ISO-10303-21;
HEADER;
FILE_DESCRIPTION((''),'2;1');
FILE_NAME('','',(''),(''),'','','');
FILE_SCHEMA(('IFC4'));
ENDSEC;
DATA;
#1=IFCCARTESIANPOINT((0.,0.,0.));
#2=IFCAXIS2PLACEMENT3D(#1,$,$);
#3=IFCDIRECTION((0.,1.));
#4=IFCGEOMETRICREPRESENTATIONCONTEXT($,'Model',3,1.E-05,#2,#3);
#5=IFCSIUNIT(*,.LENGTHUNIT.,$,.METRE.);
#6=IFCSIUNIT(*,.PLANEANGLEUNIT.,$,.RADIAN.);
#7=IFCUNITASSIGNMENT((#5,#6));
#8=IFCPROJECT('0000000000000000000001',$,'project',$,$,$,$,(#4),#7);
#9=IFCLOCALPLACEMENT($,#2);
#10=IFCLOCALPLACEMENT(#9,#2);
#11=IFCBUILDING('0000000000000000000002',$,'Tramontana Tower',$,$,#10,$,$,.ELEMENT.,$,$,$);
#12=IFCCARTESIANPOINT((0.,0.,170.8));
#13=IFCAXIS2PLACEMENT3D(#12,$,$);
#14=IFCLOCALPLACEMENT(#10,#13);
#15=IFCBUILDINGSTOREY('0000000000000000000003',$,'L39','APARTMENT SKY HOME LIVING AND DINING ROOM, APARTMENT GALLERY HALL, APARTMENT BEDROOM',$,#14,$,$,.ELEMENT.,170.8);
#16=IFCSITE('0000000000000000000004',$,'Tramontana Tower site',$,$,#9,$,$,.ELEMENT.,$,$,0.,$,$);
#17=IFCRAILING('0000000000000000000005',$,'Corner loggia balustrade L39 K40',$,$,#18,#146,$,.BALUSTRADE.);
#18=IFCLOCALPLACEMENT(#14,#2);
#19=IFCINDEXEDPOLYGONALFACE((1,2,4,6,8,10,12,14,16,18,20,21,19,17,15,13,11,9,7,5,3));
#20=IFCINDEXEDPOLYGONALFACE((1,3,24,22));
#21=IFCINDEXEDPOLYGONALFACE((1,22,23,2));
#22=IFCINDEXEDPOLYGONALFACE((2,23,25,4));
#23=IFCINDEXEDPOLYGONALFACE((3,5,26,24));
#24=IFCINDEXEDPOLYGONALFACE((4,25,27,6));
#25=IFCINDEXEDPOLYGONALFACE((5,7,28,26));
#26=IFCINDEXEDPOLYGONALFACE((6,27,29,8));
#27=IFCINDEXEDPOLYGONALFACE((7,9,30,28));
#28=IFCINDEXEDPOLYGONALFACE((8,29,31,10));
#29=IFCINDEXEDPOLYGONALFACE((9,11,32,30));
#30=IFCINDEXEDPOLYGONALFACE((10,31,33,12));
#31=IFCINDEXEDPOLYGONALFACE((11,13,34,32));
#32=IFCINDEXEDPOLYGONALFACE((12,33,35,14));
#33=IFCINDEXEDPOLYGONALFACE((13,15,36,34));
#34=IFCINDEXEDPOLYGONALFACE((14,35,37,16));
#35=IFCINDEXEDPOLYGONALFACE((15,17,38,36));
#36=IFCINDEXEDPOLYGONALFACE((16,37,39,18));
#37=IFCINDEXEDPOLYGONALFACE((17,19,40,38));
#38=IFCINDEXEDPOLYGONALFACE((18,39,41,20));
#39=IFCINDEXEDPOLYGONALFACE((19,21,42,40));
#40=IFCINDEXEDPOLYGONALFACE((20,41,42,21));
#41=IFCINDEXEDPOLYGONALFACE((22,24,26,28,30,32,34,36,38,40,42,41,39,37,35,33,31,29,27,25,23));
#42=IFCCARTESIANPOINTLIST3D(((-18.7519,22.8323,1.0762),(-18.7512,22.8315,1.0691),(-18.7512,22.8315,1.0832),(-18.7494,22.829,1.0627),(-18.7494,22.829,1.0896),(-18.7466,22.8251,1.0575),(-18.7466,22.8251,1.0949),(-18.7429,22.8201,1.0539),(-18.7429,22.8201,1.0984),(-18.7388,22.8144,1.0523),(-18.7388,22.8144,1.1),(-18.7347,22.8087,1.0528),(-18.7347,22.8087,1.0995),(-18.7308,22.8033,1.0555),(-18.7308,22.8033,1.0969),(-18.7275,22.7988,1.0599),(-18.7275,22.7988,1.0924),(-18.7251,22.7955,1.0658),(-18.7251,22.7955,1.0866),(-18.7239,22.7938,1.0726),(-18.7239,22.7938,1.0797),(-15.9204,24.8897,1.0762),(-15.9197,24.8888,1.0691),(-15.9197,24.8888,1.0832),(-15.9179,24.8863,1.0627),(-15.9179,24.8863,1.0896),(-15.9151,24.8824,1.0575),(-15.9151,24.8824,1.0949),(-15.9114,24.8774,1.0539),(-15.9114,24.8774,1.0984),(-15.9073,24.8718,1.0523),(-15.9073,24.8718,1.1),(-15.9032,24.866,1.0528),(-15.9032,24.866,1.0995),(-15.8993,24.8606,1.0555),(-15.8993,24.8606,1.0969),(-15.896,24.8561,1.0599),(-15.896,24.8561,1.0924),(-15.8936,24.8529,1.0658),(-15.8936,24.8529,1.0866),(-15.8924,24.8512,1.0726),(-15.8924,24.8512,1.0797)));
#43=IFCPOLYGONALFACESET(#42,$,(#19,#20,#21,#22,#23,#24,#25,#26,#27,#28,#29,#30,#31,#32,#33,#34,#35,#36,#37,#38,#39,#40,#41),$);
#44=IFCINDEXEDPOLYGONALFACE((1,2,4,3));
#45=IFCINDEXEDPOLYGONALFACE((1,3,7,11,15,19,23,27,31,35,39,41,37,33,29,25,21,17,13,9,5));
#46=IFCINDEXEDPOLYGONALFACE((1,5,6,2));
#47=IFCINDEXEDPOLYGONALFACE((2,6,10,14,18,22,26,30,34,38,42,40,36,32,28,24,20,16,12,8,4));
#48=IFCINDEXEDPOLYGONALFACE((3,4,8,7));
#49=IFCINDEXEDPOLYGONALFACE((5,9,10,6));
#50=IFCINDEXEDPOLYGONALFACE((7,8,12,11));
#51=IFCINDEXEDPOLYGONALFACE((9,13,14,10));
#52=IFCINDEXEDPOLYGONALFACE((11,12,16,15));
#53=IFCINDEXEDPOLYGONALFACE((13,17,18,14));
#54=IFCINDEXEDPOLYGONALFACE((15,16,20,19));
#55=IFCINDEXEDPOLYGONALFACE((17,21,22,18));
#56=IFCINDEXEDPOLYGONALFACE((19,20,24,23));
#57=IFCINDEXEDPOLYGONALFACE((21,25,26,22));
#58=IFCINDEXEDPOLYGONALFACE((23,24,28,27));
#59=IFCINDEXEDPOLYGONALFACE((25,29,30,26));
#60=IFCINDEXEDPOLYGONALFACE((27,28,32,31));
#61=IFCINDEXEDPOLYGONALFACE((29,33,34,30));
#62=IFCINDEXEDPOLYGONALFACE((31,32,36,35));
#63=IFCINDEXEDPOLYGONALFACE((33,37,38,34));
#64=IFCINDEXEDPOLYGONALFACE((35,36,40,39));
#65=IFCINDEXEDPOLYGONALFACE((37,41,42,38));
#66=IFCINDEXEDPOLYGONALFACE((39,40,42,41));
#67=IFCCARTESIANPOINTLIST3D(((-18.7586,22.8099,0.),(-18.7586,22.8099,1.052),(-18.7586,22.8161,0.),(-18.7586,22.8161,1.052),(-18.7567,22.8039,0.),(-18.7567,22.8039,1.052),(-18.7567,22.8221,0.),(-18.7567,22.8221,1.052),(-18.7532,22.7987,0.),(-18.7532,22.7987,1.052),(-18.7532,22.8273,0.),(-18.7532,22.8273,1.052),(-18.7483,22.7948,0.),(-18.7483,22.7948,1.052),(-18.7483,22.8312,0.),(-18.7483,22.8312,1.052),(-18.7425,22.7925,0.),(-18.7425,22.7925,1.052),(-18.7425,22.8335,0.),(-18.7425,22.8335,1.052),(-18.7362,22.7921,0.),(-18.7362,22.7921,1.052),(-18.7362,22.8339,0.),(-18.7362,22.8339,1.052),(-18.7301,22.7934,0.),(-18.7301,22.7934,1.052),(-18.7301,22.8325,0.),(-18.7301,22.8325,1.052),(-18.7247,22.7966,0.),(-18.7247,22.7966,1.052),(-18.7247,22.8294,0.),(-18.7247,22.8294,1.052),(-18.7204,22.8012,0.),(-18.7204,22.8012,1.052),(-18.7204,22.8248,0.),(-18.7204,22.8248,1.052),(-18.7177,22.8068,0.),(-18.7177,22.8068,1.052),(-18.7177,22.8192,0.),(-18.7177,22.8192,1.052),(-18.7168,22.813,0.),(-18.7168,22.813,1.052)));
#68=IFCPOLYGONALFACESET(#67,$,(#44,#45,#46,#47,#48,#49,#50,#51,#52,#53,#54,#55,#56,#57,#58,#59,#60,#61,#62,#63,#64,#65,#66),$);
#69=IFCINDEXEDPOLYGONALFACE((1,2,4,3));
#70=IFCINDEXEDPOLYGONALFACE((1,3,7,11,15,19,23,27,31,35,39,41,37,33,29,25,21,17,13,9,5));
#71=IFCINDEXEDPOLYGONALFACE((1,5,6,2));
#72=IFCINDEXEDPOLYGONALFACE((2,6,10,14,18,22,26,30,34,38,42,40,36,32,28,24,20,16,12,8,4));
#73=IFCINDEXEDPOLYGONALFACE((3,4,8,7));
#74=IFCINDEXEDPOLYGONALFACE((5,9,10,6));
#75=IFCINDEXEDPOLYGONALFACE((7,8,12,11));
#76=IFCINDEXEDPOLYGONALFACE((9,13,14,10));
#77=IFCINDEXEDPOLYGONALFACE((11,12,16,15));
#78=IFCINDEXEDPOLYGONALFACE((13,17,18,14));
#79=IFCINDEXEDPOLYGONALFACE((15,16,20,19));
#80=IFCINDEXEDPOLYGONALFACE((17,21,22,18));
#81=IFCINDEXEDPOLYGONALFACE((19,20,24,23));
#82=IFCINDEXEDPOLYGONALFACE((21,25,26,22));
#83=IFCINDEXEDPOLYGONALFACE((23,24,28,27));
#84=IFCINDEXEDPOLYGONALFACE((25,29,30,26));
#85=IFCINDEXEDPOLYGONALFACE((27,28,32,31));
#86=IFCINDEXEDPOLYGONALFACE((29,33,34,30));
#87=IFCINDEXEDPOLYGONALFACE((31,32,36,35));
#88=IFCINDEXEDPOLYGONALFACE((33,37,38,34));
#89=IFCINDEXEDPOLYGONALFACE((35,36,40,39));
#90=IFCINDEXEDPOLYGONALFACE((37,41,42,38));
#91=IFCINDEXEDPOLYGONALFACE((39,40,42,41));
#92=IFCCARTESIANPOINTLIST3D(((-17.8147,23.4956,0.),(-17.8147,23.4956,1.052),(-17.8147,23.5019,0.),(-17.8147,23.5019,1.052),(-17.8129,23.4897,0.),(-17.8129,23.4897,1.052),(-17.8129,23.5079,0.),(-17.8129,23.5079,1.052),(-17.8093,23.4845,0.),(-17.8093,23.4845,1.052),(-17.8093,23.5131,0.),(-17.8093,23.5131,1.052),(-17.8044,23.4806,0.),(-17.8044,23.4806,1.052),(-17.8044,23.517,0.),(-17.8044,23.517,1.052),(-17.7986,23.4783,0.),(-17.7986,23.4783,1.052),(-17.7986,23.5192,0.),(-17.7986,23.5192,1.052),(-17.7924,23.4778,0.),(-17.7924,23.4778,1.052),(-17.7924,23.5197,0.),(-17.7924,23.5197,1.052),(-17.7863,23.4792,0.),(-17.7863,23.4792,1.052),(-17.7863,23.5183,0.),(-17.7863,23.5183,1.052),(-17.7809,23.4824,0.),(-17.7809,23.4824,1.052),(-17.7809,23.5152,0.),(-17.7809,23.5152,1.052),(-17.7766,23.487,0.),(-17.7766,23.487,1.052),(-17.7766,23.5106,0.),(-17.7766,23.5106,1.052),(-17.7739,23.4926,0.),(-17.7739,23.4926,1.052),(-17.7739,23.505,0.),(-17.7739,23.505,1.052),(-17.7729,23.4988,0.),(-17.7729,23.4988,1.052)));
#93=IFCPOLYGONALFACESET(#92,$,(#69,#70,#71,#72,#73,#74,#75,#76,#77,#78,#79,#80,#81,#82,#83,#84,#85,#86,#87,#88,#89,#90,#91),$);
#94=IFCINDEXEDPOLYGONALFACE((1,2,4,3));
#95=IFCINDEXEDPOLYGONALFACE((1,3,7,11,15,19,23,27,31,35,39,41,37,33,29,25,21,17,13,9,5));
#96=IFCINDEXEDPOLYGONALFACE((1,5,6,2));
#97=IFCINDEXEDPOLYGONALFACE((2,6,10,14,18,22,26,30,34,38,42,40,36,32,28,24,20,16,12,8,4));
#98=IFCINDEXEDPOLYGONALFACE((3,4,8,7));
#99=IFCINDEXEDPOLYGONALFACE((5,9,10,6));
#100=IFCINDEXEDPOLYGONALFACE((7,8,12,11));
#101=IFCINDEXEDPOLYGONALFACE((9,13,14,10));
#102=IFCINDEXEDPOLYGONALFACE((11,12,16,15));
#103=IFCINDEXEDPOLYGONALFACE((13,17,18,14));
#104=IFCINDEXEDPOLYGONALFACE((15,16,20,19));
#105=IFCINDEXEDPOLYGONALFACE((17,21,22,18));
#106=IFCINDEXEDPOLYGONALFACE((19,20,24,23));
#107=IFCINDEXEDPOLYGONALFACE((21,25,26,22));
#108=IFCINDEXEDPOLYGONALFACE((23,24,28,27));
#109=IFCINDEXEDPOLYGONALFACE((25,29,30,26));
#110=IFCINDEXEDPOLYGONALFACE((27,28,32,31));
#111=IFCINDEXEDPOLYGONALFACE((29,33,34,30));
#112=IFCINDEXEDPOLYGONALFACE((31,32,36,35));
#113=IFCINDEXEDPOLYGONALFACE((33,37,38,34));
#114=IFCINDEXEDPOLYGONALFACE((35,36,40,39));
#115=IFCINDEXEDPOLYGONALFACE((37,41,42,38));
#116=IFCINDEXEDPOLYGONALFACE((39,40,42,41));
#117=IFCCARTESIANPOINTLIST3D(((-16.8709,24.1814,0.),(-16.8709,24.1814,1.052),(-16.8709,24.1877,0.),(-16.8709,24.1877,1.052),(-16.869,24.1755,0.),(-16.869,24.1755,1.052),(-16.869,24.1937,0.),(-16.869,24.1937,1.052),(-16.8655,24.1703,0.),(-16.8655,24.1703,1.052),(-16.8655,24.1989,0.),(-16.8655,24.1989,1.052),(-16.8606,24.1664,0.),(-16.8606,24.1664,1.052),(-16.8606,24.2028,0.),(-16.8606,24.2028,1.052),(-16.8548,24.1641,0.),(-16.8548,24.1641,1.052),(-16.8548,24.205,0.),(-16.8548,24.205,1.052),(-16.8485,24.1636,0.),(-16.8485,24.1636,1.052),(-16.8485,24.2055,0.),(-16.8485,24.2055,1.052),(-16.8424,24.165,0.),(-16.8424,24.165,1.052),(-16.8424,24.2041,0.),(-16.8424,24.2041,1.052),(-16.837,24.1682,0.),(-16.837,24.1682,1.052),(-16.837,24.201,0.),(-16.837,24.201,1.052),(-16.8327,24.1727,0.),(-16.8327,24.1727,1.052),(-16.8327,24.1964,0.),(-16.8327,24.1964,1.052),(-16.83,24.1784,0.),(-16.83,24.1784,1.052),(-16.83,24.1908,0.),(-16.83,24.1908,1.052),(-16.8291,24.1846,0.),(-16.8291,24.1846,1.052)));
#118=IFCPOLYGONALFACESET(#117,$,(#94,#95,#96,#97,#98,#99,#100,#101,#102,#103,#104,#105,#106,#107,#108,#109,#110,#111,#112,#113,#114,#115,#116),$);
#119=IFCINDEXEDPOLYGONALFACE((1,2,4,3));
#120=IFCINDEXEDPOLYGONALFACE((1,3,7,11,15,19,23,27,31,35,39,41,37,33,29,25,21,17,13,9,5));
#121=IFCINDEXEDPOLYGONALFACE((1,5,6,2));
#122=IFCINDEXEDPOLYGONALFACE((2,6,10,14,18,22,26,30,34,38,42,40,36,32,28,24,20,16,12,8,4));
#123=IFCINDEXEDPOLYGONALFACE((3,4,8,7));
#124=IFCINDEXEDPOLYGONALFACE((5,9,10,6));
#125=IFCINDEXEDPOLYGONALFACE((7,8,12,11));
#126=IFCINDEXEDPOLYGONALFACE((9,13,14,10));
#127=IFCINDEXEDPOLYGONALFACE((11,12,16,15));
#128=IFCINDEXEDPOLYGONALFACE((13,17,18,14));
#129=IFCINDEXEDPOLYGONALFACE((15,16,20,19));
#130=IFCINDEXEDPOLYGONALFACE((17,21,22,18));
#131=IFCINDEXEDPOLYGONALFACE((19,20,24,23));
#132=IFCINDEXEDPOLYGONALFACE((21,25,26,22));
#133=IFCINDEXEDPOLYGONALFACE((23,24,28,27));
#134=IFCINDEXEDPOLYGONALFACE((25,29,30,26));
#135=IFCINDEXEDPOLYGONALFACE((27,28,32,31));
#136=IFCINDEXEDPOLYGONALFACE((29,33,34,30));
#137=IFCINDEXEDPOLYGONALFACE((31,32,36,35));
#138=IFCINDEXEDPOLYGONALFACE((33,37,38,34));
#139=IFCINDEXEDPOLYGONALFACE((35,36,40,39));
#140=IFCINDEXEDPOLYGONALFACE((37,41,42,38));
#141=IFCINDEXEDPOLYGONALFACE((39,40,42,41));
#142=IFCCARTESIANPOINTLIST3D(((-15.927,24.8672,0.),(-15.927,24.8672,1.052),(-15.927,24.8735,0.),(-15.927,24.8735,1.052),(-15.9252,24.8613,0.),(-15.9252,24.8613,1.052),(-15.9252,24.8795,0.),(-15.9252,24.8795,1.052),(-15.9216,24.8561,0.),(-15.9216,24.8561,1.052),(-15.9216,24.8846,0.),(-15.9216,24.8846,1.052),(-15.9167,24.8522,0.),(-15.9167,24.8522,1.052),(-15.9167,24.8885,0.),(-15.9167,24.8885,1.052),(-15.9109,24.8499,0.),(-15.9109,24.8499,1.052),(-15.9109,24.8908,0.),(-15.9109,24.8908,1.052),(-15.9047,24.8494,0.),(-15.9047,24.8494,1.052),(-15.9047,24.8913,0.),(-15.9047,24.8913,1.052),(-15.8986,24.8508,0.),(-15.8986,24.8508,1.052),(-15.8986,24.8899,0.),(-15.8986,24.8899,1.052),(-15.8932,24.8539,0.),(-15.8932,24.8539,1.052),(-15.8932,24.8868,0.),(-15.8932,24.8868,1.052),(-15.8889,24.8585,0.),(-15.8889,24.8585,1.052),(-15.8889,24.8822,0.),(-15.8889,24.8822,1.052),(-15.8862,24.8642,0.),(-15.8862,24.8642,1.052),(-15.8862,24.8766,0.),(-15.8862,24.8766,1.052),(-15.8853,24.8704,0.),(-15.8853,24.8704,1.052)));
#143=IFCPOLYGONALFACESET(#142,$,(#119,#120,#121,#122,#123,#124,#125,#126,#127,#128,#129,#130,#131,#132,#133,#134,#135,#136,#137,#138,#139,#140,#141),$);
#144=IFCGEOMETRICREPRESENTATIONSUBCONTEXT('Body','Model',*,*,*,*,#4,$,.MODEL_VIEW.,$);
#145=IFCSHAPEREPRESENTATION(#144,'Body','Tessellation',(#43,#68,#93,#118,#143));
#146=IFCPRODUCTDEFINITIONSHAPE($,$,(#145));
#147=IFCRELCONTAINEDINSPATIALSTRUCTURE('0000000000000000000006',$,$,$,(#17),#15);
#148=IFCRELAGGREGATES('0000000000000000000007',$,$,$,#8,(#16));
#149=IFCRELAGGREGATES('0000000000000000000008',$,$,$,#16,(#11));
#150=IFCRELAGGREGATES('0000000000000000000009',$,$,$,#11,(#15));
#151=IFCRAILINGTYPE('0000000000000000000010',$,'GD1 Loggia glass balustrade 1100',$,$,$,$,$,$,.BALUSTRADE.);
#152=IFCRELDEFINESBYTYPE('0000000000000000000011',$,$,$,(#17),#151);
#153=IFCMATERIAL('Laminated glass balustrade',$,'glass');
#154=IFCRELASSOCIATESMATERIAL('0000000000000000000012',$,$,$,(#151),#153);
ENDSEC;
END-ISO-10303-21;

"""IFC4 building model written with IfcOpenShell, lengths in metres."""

from ifc_helpers import new_model, si_unit, direction, frame, origin, origin_2d, place, context, subcontext, project, spatial, circle, extrude, material, type_object, element, save


model = new_model("IFC4")

# Units and contexts
model_context = context("Model", 3, precision=1e-05, world=origin(), true_north=direction((0.0, 1.0)))
body_context = subcontext(model_context, "Body", "Model", "MODEL_VIEW")
ifc_project = project(units=[si_unit("LENGTHUNIT", "METRE"), si_unit("PLANEANGLEUNIT", "RADIAN")], contexts=[model_context])

# Site, building, storey
site_placement = place(None, origin())
site = spatial("IfcSite", under=ifc_project, at=site_placement, Name="Tramontana Tower site", CompositionType="ELEMENT", RefElevation=0.0)
building_placement = place(site_placement, origin())
building = spatial("IfcBuilding", under=site, at=building_placement, Name="Tramontana Tower", CompositionType="ELEMENT")
storey_placement = place(building_placement, frame((0.0, 0.0, 170.8)))
storey = spatial("IfcBuildingStorey", under=building, at=storey_placement, Name="L39", Description="APARTMENT SKY HOME LIVING AND DINING ROOM, APARTMENT GALLERY HALL, APARTMENT BEDROOM", CompositionType="ELEMENT", Elevation=170.8)

# Railing
ifc_material_1 = material(Name="Laminated glass balustrade", Category="glass")
railing_type = type_object("IfcRailingType", Name="GD1 Loggia glass balustrade 1100", PredefinedType="BALUSTRADE", material=ifc_material_1)
railing_1_placement = place(storey_placement, frame((-18.7378, 22.813, 0.0)))
element("IfcRailing", 1, at=railing_1_placement, inside=storey, type_object=railing_type, Name="Corner loggia balustrade L39 K40", PredefinedType="BALUSTRADE", context=body_context, shape_type="SweptSolid", body=[
    extrude(circle(Radius=0.0239, at=origin_2d()), frame((0.0, 0.0, 1.0762), z_axis=(0.808998, 0.587811, 0.0), x_axis=(-0.587811, 0.808998, 0.0)), (0.0, 0.0, 1.0), 3.5),
    extrude(circle(Radius=0.021, at=origin_2d()), origin(), (0.0, 0.0, 1.0), 1.052),
    extrude(circle(Radius=0.021, at=origin_2d()), frame((0.9438, 0.6858, 0.0)), (0.0, 0.0, 1.0), 1.052),
    extrude(circle(Radius=0.021, at=origin_2d()), frame((1.8877, 1.3716, 0.0)), (0.0, 0.0, 1.0), 1.052),
    extrude(circle(Radius=0.021, at=origin_2d()), frame((2.8315, 2.0574, 0.0)), (0.0, 0.0, 1.0), 1.052),
])

save(model, "model.ifc")
